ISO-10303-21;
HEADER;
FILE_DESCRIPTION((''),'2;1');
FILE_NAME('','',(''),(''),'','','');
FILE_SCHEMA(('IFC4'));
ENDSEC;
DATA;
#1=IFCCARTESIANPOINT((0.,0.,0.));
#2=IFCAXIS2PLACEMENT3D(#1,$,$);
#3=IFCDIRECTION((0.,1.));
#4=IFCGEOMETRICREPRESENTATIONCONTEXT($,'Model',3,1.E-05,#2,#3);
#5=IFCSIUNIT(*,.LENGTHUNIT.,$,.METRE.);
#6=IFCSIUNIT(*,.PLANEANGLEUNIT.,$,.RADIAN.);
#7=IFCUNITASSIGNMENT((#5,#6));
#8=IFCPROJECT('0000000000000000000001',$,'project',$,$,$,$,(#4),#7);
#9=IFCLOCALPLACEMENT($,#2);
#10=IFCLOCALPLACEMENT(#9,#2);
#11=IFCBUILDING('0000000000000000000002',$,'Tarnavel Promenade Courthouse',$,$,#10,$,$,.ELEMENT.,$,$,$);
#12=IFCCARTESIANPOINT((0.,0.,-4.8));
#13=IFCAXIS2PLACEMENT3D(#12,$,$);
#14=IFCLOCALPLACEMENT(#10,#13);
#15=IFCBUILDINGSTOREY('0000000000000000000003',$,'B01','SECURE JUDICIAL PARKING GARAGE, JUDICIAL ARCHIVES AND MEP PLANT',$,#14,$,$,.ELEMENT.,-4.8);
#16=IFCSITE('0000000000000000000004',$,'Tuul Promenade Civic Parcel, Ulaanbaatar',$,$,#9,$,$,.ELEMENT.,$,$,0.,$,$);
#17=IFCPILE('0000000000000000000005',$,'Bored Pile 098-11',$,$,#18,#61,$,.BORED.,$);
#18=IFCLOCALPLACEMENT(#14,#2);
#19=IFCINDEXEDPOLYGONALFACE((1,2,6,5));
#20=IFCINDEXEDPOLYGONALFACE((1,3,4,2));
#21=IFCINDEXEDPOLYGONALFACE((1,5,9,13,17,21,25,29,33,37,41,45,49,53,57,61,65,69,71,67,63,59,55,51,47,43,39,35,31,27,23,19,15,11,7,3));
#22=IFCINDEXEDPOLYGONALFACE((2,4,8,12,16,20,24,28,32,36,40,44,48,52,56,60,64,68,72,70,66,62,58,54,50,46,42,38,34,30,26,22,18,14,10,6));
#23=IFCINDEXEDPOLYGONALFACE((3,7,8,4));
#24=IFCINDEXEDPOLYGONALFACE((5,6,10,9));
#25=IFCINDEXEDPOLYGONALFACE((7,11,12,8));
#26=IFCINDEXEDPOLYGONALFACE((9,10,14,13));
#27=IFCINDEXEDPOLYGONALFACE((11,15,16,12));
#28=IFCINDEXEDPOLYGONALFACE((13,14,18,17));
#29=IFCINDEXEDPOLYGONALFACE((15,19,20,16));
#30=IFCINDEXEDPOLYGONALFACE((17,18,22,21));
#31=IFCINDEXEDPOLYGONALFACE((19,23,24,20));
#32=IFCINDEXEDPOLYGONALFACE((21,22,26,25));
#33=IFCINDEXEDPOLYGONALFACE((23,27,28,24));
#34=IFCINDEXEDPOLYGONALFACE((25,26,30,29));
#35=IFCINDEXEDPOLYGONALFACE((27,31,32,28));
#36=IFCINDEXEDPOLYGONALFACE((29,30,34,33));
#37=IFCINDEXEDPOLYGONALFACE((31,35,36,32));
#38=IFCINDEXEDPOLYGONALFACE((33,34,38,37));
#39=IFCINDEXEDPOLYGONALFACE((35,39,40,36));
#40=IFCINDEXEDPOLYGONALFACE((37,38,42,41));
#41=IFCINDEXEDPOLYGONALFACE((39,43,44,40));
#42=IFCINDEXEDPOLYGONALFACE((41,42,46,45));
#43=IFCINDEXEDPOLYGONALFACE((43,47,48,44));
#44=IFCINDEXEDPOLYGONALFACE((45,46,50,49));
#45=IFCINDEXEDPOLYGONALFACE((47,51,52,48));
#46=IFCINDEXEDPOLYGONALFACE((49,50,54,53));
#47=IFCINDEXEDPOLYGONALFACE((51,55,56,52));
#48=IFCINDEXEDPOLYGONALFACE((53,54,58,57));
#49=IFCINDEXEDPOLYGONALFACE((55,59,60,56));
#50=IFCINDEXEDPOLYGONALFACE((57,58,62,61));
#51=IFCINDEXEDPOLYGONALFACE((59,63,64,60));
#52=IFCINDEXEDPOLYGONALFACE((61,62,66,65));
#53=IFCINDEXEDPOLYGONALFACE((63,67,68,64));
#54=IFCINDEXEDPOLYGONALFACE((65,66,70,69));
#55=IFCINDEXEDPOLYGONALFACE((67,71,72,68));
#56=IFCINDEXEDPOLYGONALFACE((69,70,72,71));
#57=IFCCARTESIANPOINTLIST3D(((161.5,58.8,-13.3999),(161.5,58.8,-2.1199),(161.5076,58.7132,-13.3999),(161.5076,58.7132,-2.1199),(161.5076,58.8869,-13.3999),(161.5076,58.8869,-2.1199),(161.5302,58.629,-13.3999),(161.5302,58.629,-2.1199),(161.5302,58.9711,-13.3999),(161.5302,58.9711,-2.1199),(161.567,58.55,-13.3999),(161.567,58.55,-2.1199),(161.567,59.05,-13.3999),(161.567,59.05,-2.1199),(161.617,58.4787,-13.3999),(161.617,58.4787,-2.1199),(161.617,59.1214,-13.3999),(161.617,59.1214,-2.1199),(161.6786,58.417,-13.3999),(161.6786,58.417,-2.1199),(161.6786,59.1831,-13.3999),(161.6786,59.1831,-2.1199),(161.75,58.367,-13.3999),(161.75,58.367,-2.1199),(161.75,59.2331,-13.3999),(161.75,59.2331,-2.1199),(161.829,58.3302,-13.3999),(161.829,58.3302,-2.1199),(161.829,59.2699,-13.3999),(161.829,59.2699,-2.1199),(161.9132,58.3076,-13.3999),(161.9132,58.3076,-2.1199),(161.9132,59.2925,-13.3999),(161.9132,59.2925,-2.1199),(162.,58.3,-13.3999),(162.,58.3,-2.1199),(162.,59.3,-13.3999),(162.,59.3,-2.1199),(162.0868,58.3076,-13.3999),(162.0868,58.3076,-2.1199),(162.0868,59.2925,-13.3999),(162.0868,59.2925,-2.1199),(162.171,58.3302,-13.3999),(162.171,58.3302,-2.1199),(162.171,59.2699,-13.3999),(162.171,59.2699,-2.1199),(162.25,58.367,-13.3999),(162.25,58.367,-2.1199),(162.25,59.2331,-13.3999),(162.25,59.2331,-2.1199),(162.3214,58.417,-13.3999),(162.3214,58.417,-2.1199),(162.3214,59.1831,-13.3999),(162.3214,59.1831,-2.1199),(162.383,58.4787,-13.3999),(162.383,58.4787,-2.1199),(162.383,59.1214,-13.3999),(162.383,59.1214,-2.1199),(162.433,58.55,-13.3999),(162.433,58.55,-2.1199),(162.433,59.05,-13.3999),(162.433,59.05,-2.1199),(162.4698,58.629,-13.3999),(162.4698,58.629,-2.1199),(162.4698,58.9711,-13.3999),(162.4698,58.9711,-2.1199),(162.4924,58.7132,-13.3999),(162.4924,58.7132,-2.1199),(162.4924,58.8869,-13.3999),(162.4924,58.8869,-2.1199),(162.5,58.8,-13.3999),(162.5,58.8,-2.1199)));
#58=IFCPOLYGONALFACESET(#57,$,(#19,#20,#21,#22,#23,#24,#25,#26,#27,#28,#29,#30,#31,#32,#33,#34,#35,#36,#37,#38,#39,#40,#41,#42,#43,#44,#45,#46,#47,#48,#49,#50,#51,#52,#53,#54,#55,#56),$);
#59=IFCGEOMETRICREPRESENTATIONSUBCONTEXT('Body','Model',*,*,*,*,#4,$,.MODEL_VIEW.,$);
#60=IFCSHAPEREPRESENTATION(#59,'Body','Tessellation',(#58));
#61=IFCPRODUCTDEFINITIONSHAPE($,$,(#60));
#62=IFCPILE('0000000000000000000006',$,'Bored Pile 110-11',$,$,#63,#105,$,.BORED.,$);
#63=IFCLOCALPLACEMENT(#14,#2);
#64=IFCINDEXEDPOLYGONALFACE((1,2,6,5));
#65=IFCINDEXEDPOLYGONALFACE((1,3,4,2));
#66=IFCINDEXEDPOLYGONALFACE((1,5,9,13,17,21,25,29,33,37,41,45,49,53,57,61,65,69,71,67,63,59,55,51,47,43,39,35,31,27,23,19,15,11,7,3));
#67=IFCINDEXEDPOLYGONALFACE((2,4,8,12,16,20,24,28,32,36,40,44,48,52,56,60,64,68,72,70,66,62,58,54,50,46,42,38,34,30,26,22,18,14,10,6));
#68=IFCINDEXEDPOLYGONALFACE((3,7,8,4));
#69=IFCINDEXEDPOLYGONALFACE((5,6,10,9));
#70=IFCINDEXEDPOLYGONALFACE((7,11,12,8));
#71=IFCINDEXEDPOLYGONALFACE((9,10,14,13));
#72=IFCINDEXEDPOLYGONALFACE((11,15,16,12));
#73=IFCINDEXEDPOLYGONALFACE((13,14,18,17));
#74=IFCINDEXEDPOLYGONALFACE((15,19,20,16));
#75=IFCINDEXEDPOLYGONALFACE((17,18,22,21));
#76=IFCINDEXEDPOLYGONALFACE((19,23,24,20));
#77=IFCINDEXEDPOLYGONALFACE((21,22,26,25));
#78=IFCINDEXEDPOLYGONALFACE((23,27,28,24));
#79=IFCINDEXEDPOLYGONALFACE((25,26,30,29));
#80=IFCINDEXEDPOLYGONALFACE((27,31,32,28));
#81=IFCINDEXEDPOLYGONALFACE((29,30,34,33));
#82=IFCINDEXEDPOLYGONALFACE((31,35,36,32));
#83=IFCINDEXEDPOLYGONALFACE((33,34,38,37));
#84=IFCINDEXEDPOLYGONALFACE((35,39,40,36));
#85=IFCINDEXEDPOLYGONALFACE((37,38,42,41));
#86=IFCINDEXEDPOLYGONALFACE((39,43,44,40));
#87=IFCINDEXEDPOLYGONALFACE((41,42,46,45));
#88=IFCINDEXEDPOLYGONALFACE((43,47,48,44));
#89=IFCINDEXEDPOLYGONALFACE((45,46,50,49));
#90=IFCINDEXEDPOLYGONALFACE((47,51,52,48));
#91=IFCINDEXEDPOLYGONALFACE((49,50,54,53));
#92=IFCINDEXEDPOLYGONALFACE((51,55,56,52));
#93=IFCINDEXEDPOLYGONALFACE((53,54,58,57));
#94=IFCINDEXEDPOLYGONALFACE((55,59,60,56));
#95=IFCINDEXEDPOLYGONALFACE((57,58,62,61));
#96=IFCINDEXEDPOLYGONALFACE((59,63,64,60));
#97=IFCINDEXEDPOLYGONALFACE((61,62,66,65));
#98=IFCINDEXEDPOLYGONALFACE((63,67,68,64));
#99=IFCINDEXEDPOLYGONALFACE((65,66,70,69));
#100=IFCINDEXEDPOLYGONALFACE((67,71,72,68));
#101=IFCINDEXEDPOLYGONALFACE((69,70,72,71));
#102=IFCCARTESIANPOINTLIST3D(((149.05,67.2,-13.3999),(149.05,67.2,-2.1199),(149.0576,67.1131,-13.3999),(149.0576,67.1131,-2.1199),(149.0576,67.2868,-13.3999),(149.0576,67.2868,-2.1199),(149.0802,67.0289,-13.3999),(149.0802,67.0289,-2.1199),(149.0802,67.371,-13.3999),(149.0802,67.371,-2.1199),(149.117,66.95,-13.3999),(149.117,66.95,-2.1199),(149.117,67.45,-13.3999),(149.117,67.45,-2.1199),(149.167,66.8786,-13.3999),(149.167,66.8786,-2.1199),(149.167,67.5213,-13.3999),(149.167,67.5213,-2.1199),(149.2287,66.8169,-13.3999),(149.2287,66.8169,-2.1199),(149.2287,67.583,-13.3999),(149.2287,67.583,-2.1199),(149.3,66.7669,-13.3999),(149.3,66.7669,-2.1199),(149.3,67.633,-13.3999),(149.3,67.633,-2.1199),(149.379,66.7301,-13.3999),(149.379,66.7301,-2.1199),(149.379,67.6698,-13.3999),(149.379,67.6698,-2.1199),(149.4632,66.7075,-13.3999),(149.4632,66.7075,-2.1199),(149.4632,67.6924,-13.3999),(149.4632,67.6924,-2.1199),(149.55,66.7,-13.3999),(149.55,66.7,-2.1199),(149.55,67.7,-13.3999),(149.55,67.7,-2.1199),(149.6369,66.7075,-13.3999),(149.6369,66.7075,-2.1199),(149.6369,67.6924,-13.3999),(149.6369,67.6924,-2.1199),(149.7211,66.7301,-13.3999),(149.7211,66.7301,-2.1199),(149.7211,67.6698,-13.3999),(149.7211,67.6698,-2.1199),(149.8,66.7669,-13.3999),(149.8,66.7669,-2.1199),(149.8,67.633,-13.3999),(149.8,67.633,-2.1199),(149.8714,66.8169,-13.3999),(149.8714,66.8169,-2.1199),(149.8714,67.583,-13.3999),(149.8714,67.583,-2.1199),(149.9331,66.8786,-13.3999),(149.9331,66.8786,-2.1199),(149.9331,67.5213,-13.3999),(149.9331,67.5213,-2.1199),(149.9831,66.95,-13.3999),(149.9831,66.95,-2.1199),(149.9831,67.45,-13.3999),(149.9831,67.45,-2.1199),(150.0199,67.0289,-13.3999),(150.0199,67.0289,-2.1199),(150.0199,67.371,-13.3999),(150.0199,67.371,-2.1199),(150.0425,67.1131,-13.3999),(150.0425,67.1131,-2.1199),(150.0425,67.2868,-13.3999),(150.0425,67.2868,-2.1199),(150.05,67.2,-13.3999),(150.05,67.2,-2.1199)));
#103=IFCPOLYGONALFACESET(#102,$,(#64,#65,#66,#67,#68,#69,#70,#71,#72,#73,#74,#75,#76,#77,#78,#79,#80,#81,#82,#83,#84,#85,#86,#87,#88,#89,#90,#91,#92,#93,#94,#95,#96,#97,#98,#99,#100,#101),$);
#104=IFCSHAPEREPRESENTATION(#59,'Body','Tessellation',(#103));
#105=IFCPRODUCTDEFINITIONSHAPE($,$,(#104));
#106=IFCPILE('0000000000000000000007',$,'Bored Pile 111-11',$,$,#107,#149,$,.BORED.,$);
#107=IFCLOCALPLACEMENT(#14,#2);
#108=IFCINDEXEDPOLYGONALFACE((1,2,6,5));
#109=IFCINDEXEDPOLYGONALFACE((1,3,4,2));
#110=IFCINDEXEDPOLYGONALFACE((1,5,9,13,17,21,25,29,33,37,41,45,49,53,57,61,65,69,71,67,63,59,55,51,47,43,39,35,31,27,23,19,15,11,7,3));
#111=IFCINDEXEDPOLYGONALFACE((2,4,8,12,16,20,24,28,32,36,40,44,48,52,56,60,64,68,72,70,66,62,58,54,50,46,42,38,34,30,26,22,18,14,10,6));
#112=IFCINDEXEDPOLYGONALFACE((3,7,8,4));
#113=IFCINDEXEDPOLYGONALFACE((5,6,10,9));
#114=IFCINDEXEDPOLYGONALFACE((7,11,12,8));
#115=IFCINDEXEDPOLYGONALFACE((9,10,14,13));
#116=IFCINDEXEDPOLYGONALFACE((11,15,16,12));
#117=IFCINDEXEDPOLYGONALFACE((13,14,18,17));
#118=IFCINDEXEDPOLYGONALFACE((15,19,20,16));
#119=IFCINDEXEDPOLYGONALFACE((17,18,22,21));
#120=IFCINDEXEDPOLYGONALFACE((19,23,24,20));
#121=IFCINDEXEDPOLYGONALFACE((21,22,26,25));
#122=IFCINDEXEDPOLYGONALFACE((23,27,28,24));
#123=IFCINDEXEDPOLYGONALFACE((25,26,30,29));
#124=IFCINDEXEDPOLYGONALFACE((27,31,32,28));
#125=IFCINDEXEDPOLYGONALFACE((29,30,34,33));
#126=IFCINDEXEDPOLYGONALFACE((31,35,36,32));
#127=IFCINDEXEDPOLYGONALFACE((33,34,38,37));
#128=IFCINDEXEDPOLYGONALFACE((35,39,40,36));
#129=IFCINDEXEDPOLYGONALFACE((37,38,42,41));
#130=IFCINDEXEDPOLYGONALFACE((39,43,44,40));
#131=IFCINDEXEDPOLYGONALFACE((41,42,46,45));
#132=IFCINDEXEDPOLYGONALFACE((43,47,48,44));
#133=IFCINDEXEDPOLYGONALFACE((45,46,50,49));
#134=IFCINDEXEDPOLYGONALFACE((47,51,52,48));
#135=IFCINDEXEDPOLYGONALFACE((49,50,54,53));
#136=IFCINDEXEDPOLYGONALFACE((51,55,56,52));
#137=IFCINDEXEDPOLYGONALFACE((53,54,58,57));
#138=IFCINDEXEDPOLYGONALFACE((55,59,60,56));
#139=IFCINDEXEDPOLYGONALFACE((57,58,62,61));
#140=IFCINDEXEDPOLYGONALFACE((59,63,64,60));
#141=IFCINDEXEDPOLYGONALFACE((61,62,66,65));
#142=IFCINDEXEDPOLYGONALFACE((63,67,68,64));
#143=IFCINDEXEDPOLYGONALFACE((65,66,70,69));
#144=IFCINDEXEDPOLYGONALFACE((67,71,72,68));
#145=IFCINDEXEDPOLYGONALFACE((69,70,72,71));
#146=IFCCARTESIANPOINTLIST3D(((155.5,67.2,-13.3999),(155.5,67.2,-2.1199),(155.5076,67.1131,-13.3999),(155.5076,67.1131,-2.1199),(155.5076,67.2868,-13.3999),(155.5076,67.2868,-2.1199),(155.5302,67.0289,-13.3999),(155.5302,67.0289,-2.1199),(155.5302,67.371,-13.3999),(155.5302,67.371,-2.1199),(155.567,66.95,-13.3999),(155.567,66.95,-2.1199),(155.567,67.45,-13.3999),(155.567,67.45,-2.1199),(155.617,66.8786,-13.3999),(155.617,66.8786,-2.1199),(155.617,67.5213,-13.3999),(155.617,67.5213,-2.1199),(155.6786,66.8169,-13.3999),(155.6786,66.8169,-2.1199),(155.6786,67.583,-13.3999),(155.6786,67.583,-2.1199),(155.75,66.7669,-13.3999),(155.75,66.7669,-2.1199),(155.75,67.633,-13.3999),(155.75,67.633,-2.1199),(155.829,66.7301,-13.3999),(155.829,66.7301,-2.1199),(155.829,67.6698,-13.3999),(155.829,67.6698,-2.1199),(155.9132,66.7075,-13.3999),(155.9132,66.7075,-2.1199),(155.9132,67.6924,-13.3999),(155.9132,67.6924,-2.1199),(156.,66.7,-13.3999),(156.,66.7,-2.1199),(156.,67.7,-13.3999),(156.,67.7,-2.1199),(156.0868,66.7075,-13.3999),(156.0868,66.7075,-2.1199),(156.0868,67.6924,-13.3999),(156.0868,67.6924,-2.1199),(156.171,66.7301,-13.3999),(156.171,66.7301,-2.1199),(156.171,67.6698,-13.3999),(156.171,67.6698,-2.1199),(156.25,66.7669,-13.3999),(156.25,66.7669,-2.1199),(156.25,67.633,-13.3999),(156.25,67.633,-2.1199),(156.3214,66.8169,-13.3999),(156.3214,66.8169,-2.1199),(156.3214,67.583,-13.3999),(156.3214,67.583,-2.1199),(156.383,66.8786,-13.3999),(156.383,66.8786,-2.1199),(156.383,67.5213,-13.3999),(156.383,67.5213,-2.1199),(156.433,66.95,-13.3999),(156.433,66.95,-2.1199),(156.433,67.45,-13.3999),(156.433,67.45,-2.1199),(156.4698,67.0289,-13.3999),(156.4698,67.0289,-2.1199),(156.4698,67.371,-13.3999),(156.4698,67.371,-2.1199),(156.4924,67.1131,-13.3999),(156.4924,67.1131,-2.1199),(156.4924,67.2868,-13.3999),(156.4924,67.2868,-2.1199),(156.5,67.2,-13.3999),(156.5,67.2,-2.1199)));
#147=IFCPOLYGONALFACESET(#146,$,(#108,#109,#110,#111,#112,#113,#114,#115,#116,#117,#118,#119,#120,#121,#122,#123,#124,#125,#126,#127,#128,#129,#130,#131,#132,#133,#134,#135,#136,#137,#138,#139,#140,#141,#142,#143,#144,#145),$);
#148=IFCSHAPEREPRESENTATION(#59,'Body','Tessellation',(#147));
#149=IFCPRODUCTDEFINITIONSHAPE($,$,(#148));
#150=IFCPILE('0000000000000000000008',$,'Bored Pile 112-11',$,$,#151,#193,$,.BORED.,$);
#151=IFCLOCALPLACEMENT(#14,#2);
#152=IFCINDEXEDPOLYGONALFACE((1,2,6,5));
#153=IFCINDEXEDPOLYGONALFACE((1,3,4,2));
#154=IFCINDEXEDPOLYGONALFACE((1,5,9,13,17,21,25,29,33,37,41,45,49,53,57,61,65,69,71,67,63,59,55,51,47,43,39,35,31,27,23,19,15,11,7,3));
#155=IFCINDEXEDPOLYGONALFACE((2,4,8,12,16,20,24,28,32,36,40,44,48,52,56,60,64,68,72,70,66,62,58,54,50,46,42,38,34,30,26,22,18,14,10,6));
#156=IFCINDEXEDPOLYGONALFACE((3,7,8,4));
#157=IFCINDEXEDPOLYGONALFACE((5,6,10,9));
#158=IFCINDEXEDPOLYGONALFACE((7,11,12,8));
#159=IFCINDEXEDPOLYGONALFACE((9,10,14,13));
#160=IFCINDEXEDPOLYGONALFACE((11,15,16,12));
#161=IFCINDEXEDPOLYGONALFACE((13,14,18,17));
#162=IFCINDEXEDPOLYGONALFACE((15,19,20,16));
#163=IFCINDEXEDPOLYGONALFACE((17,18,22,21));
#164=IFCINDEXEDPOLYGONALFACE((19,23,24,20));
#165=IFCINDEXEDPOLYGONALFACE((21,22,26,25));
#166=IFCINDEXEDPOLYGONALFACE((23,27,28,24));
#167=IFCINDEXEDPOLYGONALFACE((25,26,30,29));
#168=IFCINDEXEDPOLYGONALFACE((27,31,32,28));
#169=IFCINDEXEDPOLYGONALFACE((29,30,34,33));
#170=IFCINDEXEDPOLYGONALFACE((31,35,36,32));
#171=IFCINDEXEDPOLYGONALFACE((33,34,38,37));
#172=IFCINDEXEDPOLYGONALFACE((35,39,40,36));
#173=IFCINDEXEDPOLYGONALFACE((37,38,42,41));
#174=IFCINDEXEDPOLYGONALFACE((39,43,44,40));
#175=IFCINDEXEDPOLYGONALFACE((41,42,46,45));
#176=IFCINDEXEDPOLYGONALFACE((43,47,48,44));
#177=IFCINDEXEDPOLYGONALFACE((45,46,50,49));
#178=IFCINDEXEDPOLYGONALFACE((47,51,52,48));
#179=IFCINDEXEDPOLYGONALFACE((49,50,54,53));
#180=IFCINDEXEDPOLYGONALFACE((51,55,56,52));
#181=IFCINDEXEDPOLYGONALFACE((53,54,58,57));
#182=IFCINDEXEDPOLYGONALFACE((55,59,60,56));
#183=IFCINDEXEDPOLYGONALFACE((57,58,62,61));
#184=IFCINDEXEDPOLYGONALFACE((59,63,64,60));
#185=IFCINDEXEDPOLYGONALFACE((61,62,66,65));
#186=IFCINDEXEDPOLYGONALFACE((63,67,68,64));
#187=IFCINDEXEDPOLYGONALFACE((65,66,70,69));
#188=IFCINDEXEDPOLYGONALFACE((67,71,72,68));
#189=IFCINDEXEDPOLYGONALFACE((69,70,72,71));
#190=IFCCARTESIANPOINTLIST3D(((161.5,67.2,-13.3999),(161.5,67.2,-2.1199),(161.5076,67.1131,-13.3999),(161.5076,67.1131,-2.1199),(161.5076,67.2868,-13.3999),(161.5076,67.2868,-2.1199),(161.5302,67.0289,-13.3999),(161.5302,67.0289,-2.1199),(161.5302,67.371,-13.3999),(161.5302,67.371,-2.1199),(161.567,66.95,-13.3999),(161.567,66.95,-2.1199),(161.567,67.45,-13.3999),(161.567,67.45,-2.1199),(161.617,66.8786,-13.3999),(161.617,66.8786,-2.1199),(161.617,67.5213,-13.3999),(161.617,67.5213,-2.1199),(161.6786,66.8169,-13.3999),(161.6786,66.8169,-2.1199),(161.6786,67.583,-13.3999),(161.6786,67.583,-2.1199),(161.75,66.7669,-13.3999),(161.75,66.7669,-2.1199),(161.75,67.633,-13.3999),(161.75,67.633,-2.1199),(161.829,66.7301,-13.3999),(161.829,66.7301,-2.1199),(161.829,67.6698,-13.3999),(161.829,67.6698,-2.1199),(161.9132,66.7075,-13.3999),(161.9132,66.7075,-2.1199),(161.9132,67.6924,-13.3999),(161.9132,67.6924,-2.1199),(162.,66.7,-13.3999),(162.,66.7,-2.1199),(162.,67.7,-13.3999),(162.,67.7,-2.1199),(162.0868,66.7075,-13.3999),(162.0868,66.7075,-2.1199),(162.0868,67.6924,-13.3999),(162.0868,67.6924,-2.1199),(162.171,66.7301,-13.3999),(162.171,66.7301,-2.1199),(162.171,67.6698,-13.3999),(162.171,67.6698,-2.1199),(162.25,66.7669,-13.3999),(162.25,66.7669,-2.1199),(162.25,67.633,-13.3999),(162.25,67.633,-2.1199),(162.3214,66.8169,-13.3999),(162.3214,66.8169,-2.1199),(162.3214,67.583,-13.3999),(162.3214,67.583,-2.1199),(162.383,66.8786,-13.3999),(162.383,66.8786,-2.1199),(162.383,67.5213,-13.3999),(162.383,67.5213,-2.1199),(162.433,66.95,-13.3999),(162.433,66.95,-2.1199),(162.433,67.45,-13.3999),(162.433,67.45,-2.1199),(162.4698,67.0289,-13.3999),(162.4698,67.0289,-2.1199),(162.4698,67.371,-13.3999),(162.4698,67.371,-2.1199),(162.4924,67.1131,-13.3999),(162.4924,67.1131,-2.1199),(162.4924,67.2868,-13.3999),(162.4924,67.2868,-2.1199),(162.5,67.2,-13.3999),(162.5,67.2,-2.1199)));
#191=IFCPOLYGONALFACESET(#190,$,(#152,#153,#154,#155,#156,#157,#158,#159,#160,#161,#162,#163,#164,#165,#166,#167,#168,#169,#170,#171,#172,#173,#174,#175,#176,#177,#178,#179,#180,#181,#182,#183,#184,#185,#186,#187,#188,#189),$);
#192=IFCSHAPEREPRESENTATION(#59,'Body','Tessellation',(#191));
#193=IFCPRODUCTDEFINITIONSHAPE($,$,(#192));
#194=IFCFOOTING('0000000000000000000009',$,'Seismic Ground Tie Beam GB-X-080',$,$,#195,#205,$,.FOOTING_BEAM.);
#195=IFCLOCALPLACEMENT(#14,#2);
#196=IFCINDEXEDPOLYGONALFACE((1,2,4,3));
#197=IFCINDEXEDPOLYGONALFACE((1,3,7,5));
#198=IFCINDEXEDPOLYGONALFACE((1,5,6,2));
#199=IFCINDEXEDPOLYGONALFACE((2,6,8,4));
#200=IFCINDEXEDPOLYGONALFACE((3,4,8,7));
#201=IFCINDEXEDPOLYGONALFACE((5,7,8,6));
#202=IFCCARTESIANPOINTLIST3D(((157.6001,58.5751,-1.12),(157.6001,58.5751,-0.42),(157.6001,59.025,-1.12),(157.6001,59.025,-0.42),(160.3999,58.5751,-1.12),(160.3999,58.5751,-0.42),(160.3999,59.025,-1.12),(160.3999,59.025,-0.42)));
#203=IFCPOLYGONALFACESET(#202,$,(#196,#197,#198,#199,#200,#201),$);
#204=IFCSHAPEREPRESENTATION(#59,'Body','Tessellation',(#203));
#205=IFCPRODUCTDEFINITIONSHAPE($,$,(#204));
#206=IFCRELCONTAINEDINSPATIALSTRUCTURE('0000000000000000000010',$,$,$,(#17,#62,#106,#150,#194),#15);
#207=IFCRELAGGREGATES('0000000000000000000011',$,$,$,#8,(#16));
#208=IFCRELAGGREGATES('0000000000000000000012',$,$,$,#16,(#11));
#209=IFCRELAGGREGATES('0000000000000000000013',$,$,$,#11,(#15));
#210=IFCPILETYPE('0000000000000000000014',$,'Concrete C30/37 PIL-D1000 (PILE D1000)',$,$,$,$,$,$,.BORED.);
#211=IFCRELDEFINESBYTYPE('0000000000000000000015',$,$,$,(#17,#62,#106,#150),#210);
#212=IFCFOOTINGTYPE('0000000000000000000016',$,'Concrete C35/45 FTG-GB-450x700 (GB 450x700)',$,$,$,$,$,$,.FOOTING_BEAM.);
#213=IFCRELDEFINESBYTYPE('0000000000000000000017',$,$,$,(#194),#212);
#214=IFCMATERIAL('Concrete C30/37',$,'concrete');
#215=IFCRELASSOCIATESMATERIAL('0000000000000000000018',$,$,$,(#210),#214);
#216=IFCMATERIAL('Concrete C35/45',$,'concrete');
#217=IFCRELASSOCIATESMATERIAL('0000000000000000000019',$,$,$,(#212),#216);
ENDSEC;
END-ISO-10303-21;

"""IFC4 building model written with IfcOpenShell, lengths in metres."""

from ifc_helpers import new_model, si_unit, direction, frame, origin, origin_2d, place, context, subcontext, project, spatial, rectangle, circle, extrude, material, material_profile, profile_set, type_object, element, save


model = new_model("IFC4")

# Units and contexts
model_context = context("Model", 3, precision=1e-05, world=origin(), true_north=direction((0.0, 1.0)))
body_context = subcontext(model_context, "Body", "Model", "MODEL_VIEW")
ifc_project = project(units=[si_unit("LENGTHUNIT", "METRE"), si_unit("PLANEANGLEUNIT", "RADIAN")], contexts=[model_context])

# Site, building, storey
site_placement = place(None, origin())
site = spatial("IfcSite", under=ifc_project, at=site_placement, Name="Tuul Promenade Civic Parcel, Ulaanbaatar", CompositionType="ELEMENT", RefElevation=0.0)
building_placement = place(site_placement, origin())
building = spatial("IfcBuilding", under=site, at=building_placement, Name="Tarnavel Promenade Courthouse", CompositionType="ELEMENT")
storey_placement = place(building_placement, frame((0.0, 0.0, -4.8)))
storey = spatial("IfcBuildingStorey", under=building, at=storey_placement, Name="B01", Description="SECURE JUDICIAL PARKING GARAGE, JUDICIAL ARCHIVES AND MEP PLANT", CompositionType="ELEMENT", Elevation=-4.8)

# Piles
ifc_material_1 = material(Name="Concrete C30/37", Category="concrete")
ifc_material_profile_1 = material_profile(ifc_material_1, circle(Radius=0.5, at=origin_2d()), Name="PILE D1000")
ifc_profile_set_1 = profile_set([ifc_material_profile_1], Name="Concrete C30/37")
pile_type = type_object("IfcPileType", Name="Concrete C30/37 PIL-D1000 (PILE D1000)", PredefinedType="BORED", material=ifc_profile_set_1)
for number, where, z_axis, x_axis, name in (
    (1, (162.0, 58.8, -2.1199), (0.0, 0.0, -1.0), (1.0, 0.0, 0.0), "Bored Pile 098-11"),
    (2, (149.55, 67.2, -2.1199), (0.0, 0.0, -1.0), (1.0, 0.0, 0.0), "Bored Pile 110-11"),
    (3, (156.0, 67.2, -2.1199), (0.0, 0.0, -1.0), (1.0, 0.0, 0.0), "Bored Pile 111-11"),
    (4, (162.0, 67.2, -2.1199), (0.0, 0.0, -1.0), (1.0, 0.0, 0.0), "Bored Pile 112-11"),
):
    element("IfcPile", number, at=place(storey_placement, frame(where, z_axis=z_axis, x_axis=x_axis)), inside=storey, type_object=pile_type, Name=name, PredefinedType="BORED", context=body_context, shape_type="SweptSolid", body=[
        extrude(circle(Radius=0.5, at=origin_2d()), origin(), (0.0, 0.0, 1.0), 11.28),
    ])

# Footing
ifc_material_2 = material(Name="Concrete C35/45", Category="concrete")
ifc_material_profile_2 = material_profile(ifc_material_2, rectangle(XDim=0.45, YDim=0.7, at=origin_2d()), Name="GB 450x700")
ifc_profile_set_2 = profile_set([ifc_material_profile_2], Name="Concrete C35/45")
footing_type_1 = type_object("IfcFootingType", Name="Concrete C35/45 FTG-GB-450x700 (GB 450x700)", PredefinedType="FOOTING_BEAM", material=ifc_profile_set_2)
footing_1_placement = place(storey_placement, frame((157.6001, 58.8, -0.77), z_axis=(1.0, 0.0, 0.0), x_axis=(0.0, 1.0, 0.0)))
element("IfcFooting", 5, at=footing_1_placement, inside=storey, type_object=footing_type_1, Name="Seismic Ground Tie Beam GB-X-080", PredefinedType="FOOTING_BEAM", context=body_context, shape_type="SweptSolid", body=[
    extrude(rectangle(XDim=0.45, YDim=0.7, at=origin_2d()), origin(), (0.0, 0.0, 1.0), 2.7998),
])

save(model, "model.ifc")
